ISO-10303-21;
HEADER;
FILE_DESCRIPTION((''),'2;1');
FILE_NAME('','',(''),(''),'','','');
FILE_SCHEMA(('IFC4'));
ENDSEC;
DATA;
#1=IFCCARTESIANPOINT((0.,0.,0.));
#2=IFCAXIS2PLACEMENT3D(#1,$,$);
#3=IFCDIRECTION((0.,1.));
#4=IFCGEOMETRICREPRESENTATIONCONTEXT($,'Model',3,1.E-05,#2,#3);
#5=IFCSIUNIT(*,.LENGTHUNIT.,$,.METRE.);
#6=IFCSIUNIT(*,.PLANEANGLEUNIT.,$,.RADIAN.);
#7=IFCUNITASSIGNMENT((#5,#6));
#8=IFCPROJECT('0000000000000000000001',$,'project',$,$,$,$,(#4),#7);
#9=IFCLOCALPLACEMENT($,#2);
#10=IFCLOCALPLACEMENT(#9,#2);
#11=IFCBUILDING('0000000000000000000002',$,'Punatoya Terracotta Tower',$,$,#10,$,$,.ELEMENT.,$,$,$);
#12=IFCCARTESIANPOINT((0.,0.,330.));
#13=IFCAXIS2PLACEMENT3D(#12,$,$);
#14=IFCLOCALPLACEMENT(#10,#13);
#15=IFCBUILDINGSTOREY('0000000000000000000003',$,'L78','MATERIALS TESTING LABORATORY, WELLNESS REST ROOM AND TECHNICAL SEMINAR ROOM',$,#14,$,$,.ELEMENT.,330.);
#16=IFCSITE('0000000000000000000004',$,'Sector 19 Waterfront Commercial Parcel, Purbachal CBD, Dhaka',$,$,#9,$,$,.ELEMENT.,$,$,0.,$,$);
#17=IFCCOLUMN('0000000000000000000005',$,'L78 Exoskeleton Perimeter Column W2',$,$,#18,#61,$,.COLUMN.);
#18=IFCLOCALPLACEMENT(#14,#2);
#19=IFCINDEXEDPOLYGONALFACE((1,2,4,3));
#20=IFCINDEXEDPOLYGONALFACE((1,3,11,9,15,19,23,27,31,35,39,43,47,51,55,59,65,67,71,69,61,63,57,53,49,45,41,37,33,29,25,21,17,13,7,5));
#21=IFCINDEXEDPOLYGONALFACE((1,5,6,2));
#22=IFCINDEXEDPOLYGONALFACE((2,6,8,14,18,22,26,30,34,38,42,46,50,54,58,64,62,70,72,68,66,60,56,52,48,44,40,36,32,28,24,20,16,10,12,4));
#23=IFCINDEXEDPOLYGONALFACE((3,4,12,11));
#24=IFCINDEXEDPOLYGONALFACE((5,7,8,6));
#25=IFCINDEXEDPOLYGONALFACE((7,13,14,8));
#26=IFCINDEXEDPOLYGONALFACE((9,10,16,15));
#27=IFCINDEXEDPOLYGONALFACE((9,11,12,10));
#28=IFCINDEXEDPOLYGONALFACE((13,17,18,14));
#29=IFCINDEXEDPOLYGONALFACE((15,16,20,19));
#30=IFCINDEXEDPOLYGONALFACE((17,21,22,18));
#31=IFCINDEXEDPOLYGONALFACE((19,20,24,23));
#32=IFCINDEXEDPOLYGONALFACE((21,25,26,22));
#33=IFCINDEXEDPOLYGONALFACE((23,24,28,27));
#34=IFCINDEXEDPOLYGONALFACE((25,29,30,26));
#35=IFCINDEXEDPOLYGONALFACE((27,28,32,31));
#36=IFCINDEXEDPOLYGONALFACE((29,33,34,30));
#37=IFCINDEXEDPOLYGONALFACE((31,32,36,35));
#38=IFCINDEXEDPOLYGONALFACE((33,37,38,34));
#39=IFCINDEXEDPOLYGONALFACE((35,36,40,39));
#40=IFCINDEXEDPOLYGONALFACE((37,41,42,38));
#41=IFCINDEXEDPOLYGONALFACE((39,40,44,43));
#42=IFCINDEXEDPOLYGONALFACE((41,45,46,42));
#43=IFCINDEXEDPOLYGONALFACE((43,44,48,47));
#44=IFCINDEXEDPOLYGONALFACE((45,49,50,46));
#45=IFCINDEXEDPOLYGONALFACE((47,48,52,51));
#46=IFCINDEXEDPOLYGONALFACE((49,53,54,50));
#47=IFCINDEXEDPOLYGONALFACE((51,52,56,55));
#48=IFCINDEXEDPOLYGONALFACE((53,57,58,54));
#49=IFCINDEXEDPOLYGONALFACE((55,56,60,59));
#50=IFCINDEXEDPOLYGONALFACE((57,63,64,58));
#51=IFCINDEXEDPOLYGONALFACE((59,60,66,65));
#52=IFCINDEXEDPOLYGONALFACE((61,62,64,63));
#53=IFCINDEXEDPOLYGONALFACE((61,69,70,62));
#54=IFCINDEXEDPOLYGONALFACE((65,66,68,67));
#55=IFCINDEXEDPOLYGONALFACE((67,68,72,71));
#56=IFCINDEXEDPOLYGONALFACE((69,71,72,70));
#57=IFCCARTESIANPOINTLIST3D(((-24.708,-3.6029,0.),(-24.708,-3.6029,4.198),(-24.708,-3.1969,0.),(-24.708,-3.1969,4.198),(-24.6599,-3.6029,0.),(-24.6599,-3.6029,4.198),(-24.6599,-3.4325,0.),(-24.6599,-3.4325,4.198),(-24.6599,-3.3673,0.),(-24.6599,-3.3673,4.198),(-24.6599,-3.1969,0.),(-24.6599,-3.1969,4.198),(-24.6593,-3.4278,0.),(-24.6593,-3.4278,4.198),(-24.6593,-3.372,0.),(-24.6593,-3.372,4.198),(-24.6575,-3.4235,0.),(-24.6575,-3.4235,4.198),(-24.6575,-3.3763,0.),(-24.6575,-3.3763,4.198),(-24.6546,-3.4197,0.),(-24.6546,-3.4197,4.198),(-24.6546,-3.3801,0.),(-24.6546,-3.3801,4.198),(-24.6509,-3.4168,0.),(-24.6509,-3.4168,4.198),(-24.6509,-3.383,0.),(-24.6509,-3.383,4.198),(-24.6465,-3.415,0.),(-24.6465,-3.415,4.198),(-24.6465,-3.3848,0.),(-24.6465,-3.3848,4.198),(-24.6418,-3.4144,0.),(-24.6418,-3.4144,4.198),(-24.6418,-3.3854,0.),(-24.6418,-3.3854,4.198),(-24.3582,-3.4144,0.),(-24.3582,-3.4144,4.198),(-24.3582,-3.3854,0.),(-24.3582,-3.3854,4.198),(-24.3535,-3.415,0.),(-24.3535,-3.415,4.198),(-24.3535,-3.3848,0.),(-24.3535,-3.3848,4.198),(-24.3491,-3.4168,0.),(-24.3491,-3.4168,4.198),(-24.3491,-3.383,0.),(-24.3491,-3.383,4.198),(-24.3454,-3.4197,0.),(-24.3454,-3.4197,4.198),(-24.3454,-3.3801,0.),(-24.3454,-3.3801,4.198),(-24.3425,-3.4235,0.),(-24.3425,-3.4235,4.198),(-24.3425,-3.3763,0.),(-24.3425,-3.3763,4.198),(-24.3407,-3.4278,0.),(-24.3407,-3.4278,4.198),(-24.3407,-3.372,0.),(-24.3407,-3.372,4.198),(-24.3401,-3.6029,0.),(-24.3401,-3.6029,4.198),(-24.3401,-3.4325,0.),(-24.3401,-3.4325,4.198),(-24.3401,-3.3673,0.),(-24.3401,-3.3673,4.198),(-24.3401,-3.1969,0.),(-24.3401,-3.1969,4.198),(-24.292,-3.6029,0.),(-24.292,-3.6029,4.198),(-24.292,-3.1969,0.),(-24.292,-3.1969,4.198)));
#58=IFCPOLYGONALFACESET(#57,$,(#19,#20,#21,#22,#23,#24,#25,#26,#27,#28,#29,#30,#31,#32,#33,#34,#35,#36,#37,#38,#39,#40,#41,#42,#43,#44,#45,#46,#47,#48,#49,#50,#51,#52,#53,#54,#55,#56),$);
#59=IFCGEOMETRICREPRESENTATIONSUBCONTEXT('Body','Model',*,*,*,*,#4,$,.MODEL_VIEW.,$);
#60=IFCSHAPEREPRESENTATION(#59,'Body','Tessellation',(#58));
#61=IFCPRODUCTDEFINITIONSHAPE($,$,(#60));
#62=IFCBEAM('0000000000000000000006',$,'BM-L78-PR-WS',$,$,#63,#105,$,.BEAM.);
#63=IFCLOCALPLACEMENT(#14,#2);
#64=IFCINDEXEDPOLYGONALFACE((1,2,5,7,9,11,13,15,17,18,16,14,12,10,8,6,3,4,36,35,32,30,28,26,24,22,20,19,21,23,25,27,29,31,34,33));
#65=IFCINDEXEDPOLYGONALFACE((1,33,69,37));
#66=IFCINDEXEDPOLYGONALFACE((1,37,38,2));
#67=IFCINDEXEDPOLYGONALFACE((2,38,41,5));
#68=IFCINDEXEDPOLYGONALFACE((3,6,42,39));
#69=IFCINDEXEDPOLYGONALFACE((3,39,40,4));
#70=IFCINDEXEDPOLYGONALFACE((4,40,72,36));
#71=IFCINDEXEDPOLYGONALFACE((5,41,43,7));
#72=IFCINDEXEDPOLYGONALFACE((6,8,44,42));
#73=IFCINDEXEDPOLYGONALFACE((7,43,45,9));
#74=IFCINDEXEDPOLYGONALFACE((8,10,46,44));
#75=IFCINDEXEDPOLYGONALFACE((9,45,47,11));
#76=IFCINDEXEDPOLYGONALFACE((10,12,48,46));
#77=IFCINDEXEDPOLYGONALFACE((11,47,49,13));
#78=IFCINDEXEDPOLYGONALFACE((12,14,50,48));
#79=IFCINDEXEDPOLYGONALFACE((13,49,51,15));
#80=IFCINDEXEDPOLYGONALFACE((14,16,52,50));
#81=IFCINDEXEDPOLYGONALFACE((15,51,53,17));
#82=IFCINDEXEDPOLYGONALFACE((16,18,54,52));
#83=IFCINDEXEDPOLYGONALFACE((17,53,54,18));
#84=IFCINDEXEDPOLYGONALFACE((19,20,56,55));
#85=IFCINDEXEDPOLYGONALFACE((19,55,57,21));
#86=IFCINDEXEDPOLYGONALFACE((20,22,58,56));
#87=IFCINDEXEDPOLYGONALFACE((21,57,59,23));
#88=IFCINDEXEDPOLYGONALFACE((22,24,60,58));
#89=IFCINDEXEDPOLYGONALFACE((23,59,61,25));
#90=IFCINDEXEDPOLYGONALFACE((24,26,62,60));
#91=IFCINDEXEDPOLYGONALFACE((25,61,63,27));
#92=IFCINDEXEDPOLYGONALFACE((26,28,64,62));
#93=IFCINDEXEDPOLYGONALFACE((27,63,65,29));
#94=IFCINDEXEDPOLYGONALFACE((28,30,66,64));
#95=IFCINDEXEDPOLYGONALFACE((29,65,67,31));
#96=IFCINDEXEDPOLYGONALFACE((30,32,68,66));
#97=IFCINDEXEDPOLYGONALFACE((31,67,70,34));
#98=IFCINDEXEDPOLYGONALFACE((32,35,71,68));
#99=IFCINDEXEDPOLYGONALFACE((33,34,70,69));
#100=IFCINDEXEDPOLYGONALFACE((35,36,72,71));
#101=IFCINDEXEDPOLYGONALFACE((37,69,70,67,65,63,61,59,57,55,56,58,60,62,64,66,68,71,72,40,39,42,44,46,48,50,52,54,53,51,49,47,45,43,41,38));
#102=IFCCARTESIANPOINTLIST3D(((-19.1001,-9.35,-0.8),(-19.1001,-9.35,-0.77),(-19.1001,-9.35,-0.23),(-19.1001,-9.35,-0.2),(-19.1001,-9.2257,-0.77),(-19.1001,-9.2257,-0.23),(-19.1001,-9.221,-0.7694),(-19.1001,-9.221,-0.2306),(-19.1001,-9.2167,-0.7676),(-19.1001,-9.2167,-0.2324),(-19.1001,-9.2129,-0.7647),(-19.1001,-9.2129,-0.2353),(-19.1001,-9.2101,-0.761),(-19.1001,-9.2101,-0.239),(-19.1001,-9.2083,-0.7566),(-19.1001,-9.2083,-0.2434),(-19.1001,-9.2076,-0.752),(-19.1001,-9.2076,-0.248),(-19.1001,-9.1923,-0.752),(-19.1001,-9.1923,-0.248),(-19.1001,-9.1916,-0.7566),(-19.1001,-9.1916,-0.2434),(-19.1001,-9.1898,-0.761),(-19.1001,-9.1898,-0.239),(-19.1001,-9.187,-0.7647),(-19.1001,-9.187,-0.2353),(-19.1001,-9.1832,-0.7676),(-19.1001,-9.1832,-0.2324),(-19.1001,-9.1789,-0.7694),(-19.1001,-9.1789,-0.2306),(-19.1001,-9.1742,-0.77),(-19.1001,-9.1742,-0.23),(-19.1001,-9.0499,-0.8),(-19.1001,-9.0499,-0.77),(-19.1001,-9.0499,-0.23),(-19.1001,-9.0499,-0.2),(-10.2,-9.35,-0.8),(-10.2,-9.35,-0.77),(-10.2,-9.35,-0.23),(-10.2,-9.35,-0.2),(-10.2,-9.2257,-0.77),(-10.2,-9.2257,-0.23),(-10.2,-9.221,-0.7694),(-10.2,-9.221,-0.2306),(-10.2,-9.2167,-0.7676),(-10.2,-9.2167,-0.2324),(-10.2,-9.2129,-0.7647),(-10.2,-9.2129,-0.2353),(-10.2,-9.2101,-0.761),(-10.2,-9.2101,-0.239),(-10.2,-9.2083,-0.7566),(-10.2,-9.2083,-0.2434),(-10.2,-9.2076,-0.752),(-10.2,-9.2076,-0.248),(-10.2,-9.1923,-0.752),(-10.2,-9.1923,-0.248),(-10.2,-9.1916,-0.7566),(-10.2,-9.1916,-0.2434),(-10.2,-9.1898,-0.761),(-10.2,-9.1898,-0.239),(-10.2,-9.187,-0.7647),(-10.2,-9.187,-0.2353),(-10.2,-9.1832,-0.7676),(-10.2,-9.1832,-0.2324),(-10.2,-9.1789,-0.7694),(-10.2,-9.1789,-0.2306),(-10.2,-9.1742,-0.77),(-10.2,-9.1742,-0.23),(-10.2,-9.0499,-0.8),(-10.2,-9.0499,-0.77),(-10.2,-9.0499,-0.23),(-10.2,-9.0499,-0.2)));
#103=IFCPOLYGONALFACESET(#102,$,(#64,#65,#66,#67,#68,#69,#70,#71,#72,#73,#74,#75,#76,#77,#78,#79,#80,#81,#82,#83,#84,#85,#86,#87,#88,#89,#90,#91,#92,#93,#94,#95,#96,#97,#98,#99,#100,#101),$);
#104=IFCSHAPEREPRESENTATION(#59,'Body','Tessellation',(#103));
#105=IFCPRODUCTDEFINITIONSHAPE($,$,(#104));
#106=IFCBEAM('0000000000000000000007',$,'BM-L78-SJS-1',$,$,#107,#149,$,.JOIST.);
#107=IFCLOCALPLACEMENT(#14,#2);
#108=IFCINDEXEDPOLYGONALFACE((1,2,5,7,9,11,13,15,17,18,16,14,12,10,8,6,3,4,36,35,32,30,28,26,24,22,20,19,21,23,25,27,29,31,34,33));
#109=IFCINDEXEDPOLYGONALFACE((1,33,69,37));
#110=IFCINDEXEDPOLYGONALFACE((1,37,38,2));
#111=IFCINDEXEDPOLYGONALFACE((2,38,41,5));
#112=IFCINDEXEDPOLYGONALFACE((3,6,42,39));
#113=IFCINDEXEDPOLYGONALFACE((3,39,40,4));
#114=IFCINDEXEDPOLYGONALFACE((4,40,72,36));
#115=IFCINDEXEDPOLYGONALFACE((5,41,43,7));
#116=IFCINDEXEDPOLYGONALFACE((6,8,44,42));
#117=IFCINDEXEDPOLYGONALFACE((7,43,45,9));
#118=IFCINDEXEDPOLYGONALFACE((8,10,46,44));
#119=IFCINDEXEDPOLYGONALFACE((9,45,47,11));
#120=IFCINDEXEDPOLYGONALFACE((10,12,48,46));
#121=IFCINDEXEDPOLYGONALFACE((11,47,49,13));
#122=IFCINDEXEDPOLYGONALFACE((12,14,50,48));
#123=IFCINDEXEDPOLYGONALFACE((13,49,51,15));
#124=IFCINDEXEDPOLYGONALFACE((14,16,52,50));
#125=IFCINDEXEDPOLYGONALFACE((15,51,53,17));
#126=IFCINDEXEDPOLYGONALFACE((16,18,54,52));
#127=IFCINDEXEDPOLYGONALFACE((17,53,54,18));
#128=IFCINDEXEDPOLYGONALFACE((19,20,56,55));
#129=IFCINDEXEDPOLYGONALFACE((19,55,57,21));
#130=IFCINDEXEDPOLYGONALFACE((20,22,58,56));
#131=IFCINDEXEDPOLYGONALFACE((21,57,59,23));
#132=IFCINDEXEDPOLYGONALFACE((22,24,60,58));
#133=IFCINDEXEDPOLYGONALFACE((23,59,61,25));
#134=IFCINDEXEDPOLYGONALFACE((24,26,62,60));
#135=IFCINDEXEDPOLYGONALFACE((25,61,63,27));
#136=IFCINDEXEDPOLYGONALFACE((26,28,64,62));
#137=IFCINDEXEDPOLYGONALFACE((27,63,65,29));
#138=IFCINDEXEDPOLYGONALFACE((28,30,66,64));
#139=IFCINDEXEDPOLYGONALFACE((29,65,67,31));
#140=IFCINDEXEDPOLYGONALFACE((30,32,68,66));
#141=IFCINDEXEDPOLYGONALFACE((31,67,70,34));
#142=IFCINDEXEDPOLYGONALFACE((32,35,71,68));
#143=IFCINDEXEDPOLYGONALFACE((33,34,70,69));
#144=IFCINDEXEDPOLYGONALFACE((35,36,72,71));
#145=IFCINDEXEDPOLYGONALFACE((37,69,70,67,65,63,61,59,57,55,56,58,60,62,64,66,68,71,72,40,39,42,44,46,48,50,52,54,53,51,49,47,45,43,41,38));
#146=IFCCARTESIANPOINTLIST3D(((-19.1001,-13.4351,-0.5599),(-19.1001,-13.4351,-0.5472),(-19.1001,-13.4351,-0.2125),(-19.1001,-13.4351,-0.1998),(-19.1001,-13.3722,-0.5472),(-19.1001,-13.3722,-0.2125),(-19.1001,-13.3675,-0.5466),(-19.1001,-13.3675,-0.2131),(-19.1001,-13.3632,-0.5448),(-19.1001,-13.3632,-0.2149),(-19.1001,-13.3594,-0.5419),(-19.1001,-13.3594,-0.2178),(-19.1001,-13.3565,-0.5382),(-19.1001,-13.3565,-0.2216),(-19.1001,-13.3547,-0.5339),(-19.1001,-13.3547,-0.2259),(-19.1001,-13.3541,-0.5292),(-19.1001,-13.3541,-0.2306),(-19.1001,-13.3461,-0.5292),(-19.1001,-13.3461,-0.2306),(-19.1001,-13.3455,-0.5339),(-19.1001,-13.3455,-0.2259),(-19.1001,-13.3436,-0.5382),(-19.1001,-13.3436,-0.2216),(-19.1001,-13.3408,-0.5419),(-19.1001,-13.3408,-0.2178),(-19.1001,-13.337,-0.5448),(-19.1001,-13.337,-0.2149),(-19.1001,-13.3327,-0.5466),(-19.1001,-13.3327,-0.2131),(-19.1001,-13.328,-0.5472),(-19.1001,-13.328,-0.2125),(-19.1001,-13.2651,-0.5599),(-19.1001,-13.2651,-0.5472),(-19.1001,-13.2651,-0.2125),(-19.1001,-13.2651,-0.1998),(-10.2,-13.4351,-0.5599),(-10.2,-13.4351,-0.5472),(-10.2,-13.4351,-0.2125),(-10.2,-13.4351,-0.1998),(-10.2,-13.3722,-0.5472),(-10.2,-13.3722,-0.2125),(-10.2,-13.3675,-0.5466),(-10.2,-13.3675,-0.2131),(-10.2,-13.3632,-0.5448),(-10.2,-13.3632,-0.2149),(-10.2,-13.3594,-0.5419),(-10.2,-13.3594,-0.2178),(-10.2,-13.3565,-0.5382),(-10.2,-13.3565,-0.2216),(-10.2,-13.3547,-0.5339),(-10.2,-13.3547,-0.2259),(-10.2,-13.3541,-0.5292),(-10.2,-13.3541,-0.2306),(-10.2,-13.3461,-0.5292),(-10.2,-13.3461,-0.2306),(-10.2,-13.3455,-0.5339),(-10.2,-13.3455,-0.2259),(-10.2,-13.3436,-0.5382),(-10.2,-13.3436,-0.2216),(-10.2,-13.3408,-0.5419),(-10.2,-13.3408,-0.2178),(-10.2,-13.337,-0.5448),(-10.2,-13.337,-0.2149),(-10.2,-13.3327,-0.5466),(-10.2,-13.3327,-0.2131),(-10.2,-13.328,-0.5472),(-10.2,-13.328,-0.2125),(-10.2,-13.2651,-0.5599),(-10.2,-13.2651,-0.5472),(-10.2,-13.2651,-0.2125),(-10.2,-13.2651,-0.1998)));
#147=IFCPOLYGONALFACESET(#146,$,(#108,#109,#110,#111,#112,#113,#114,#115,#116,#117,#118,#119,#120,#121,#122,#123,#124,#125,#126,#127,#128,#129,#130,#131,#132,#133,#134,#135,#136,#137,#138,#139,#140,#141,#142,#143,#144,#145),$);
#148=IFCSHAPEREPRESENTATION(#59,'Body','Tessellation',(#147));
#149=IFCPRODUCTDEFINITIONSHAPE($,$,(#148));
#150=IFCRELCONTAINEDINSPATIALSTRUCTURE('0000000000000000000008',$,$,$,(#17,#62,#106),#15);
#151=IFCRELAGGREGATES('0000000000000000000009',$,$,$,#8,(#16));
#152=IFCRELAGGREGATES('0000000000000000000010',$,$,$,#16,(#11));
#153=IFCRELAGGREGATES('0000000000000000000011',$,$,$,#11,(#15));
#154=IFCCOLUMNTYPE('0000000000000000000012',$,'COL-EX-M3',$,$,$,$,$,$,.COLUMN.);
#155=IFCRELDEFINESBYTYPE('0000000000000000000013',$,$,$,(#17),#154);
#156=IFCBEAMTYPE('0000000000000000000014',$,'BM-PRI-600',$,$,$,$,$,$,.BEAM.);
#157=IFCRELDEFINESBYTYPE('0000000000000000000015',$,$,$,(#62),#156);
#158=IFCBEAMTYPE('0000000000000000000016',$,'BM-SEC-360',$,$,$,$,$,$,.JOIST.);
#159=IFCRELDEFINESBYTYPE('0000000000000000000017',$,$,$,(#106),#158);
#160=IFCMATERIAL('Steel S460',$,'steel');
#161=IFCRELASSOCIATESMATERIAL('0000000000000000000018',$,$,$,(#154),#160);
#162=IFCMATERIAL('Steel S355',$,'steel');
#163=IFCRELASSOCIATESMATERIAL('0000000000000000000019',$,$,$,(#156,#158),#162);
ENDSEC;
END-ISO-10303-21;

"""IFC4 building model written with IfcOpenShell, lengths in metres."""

from ifc_helpers import new_model, si_unit, direction, frame, origin, origin_2d, place, context, subcontext, project, spatial, i_section, extrude, material, material_profile, profile_set, type_object, element, save


model = new_model("IFC4")

# Units and contexts
model_context = context("Model", 3, precision=1e-05, world=origin(), true_north=direction((0.0, 1.0)))
body_context = subcontext(model_context, "Body", "Model", "MODEL_VIEW")
ifc_project = project(units=[si_unit("LENGTHUNIT", "METRE"), si_unit("PLANEANGLEUNIT", "RADIAN")], contexts=[model_context])

# Site, building, storey
site_placement = place(None, origin())
site = spatial("IfcSite", under=ifc_project, at=site_placement, Name="Sector 19 Waterfront Commercial Parcel, Purbachal CBD, Dhaka", CompositionType="ELEMENT", RefElevation=0.0)
building_placement = place(site_placement, origin())
building = spatial("IfcBuilding", under=site, at=building_placement, Name="Punatoya Terracotta Tower", CompositionType="ELEMENT")
storey_placement = place(building_placement, frame((0.0, 0.0, 330.0)))
storey = spatial("IfcBuildingStorey", under=building, at=storey_placement, Name="L78", Description="MATERIALS TESTING LABORATORY, WELLNESS REST ROOM AND TECHNICAL SEMINAR ROOM", CompositionType="ELEMENT", Elevation=330.0)

# Column
ifc_material_1 = material(Name="Steel S460", Category="steel")
ifc_material_profile_1 = material_profile(ifc_material_1, i_section(OverallWidth=0.406, OverallDepth=0.416, WebThickness=0.0291, FlangeThickness=0.0481, FilletRadius=0.0181, at=origin_2d()))
ifc_profile_set_1 = profile_set([ifc_material_profile_1], Name="Steel S460")
column_type = type_object("IfcColumnType", Name="COL-EX-M3", PredefinedType="COLUMN", material=ifc_profile_set_1)
column_placement = place(storey_placement, frame((-24.5, -3.3999, 0.0), z_axis=(0.0, 0.0, 1.0), x_axis=(0.0, 1.0, 0.0)))
element("IfcColumn", 1, at=column_placement, inside=storey, type_object=column_type, Name="L78 Exoskeleton Perimeter Column W2", PredefinedType="COLUMN", context=body_context, shape_type="SweptSolid", body=[
    extrude(i_section(OverallWidth=0.406, OverallDepth=0.416, WebThickness=0.0291, FlangeThickness=0.0481, FilletRadius=0.0181, at=origin_2d()), origin(), (0.0, 0.0, 1.0), 4.198),
])

# Beams
ifc_material_2 = material(Name="Steel S355", Category="steel")
ifc_material_profile_2 = material_profile(ifc_material_2, i_section(OverallWidth=0.3, OverallDepth=0.6001, WebThickness=0.0154, FlangeThickness=0.03, FilletRadius=0.0181, at=origin_2d()))
ifc_profile_set_2 = profile_set([ifc_material_profile_2], Name="Steel S355")
beam_type_1 = type_object("IfcBeamType", Name="BM-PRI-600", PredefinedType="BEAM", material=ifc_profile_set_2)
beam_1_placement = place(storey_placement, frame((-19.1001, -9.2, -0.5), z_axis=(1.0, 0.0, 0.0), x_axis=(0.0, 1.0, 0.0)))
element("IfcBeam", 2, at=beam_1_placement, inside=storey, type_object=beam_type_1, Name="BM-L78-PR-WS", PredefinedType="BEAM", context=body_context, shape_type="SweptSolid", body=[
    extrude(i_section(OverallWidth=0.3, OverallDepth=0.6001, WebThickness=0.0154, FlangeThickness=0.03, FilletRadius=0.0181, at=origin_2d()), origin(), (0.0, 0.0, 1.0), 8.9001),
])
ifc_material_profile_3 = material_profile(ifc_material_2, i_section(OverallWidth=0.1699, OverallDepth=0.3601, WebThickness=0.0081, FlangeThickness=0.0127, FilletRadius=0.0181, at=origin_2d()))
ifc_profile_set_3 = profile_set([ifc_material_profile_3], Name="Steel S355")
beam_type_2 = type_object("IfcBeamType", Name="BM-SEC-360", PredefinedType="JOIST", material=ifc_profile_set_3)
beam_2_placement = place(storey_placement, frame((-19.1001, -13.3501, -0.3799), z_axis=(1.0, 0.0, 0.0), x_axis=(0.0, 1.0, 0.0)))
element("IfcBeam", 3, at=beam_2_placement, inside=storey, type_object=beam_type_2, Name="BM-L78-SJS-1", PredefinedType="JOIST", context=body_context, shape_type="SweptSolid", body=[
    extrude(i_section(OverallWidth=0.1699, OverallDepth=0.3601, WebThickness=0.0081, FlangeThickness=0.0127, FilletRadius=0.0181, at=origin_2d()), origin(), (0.0, 0.0, 1.0), 8.9001),
])

save(model, "model.ifc")
